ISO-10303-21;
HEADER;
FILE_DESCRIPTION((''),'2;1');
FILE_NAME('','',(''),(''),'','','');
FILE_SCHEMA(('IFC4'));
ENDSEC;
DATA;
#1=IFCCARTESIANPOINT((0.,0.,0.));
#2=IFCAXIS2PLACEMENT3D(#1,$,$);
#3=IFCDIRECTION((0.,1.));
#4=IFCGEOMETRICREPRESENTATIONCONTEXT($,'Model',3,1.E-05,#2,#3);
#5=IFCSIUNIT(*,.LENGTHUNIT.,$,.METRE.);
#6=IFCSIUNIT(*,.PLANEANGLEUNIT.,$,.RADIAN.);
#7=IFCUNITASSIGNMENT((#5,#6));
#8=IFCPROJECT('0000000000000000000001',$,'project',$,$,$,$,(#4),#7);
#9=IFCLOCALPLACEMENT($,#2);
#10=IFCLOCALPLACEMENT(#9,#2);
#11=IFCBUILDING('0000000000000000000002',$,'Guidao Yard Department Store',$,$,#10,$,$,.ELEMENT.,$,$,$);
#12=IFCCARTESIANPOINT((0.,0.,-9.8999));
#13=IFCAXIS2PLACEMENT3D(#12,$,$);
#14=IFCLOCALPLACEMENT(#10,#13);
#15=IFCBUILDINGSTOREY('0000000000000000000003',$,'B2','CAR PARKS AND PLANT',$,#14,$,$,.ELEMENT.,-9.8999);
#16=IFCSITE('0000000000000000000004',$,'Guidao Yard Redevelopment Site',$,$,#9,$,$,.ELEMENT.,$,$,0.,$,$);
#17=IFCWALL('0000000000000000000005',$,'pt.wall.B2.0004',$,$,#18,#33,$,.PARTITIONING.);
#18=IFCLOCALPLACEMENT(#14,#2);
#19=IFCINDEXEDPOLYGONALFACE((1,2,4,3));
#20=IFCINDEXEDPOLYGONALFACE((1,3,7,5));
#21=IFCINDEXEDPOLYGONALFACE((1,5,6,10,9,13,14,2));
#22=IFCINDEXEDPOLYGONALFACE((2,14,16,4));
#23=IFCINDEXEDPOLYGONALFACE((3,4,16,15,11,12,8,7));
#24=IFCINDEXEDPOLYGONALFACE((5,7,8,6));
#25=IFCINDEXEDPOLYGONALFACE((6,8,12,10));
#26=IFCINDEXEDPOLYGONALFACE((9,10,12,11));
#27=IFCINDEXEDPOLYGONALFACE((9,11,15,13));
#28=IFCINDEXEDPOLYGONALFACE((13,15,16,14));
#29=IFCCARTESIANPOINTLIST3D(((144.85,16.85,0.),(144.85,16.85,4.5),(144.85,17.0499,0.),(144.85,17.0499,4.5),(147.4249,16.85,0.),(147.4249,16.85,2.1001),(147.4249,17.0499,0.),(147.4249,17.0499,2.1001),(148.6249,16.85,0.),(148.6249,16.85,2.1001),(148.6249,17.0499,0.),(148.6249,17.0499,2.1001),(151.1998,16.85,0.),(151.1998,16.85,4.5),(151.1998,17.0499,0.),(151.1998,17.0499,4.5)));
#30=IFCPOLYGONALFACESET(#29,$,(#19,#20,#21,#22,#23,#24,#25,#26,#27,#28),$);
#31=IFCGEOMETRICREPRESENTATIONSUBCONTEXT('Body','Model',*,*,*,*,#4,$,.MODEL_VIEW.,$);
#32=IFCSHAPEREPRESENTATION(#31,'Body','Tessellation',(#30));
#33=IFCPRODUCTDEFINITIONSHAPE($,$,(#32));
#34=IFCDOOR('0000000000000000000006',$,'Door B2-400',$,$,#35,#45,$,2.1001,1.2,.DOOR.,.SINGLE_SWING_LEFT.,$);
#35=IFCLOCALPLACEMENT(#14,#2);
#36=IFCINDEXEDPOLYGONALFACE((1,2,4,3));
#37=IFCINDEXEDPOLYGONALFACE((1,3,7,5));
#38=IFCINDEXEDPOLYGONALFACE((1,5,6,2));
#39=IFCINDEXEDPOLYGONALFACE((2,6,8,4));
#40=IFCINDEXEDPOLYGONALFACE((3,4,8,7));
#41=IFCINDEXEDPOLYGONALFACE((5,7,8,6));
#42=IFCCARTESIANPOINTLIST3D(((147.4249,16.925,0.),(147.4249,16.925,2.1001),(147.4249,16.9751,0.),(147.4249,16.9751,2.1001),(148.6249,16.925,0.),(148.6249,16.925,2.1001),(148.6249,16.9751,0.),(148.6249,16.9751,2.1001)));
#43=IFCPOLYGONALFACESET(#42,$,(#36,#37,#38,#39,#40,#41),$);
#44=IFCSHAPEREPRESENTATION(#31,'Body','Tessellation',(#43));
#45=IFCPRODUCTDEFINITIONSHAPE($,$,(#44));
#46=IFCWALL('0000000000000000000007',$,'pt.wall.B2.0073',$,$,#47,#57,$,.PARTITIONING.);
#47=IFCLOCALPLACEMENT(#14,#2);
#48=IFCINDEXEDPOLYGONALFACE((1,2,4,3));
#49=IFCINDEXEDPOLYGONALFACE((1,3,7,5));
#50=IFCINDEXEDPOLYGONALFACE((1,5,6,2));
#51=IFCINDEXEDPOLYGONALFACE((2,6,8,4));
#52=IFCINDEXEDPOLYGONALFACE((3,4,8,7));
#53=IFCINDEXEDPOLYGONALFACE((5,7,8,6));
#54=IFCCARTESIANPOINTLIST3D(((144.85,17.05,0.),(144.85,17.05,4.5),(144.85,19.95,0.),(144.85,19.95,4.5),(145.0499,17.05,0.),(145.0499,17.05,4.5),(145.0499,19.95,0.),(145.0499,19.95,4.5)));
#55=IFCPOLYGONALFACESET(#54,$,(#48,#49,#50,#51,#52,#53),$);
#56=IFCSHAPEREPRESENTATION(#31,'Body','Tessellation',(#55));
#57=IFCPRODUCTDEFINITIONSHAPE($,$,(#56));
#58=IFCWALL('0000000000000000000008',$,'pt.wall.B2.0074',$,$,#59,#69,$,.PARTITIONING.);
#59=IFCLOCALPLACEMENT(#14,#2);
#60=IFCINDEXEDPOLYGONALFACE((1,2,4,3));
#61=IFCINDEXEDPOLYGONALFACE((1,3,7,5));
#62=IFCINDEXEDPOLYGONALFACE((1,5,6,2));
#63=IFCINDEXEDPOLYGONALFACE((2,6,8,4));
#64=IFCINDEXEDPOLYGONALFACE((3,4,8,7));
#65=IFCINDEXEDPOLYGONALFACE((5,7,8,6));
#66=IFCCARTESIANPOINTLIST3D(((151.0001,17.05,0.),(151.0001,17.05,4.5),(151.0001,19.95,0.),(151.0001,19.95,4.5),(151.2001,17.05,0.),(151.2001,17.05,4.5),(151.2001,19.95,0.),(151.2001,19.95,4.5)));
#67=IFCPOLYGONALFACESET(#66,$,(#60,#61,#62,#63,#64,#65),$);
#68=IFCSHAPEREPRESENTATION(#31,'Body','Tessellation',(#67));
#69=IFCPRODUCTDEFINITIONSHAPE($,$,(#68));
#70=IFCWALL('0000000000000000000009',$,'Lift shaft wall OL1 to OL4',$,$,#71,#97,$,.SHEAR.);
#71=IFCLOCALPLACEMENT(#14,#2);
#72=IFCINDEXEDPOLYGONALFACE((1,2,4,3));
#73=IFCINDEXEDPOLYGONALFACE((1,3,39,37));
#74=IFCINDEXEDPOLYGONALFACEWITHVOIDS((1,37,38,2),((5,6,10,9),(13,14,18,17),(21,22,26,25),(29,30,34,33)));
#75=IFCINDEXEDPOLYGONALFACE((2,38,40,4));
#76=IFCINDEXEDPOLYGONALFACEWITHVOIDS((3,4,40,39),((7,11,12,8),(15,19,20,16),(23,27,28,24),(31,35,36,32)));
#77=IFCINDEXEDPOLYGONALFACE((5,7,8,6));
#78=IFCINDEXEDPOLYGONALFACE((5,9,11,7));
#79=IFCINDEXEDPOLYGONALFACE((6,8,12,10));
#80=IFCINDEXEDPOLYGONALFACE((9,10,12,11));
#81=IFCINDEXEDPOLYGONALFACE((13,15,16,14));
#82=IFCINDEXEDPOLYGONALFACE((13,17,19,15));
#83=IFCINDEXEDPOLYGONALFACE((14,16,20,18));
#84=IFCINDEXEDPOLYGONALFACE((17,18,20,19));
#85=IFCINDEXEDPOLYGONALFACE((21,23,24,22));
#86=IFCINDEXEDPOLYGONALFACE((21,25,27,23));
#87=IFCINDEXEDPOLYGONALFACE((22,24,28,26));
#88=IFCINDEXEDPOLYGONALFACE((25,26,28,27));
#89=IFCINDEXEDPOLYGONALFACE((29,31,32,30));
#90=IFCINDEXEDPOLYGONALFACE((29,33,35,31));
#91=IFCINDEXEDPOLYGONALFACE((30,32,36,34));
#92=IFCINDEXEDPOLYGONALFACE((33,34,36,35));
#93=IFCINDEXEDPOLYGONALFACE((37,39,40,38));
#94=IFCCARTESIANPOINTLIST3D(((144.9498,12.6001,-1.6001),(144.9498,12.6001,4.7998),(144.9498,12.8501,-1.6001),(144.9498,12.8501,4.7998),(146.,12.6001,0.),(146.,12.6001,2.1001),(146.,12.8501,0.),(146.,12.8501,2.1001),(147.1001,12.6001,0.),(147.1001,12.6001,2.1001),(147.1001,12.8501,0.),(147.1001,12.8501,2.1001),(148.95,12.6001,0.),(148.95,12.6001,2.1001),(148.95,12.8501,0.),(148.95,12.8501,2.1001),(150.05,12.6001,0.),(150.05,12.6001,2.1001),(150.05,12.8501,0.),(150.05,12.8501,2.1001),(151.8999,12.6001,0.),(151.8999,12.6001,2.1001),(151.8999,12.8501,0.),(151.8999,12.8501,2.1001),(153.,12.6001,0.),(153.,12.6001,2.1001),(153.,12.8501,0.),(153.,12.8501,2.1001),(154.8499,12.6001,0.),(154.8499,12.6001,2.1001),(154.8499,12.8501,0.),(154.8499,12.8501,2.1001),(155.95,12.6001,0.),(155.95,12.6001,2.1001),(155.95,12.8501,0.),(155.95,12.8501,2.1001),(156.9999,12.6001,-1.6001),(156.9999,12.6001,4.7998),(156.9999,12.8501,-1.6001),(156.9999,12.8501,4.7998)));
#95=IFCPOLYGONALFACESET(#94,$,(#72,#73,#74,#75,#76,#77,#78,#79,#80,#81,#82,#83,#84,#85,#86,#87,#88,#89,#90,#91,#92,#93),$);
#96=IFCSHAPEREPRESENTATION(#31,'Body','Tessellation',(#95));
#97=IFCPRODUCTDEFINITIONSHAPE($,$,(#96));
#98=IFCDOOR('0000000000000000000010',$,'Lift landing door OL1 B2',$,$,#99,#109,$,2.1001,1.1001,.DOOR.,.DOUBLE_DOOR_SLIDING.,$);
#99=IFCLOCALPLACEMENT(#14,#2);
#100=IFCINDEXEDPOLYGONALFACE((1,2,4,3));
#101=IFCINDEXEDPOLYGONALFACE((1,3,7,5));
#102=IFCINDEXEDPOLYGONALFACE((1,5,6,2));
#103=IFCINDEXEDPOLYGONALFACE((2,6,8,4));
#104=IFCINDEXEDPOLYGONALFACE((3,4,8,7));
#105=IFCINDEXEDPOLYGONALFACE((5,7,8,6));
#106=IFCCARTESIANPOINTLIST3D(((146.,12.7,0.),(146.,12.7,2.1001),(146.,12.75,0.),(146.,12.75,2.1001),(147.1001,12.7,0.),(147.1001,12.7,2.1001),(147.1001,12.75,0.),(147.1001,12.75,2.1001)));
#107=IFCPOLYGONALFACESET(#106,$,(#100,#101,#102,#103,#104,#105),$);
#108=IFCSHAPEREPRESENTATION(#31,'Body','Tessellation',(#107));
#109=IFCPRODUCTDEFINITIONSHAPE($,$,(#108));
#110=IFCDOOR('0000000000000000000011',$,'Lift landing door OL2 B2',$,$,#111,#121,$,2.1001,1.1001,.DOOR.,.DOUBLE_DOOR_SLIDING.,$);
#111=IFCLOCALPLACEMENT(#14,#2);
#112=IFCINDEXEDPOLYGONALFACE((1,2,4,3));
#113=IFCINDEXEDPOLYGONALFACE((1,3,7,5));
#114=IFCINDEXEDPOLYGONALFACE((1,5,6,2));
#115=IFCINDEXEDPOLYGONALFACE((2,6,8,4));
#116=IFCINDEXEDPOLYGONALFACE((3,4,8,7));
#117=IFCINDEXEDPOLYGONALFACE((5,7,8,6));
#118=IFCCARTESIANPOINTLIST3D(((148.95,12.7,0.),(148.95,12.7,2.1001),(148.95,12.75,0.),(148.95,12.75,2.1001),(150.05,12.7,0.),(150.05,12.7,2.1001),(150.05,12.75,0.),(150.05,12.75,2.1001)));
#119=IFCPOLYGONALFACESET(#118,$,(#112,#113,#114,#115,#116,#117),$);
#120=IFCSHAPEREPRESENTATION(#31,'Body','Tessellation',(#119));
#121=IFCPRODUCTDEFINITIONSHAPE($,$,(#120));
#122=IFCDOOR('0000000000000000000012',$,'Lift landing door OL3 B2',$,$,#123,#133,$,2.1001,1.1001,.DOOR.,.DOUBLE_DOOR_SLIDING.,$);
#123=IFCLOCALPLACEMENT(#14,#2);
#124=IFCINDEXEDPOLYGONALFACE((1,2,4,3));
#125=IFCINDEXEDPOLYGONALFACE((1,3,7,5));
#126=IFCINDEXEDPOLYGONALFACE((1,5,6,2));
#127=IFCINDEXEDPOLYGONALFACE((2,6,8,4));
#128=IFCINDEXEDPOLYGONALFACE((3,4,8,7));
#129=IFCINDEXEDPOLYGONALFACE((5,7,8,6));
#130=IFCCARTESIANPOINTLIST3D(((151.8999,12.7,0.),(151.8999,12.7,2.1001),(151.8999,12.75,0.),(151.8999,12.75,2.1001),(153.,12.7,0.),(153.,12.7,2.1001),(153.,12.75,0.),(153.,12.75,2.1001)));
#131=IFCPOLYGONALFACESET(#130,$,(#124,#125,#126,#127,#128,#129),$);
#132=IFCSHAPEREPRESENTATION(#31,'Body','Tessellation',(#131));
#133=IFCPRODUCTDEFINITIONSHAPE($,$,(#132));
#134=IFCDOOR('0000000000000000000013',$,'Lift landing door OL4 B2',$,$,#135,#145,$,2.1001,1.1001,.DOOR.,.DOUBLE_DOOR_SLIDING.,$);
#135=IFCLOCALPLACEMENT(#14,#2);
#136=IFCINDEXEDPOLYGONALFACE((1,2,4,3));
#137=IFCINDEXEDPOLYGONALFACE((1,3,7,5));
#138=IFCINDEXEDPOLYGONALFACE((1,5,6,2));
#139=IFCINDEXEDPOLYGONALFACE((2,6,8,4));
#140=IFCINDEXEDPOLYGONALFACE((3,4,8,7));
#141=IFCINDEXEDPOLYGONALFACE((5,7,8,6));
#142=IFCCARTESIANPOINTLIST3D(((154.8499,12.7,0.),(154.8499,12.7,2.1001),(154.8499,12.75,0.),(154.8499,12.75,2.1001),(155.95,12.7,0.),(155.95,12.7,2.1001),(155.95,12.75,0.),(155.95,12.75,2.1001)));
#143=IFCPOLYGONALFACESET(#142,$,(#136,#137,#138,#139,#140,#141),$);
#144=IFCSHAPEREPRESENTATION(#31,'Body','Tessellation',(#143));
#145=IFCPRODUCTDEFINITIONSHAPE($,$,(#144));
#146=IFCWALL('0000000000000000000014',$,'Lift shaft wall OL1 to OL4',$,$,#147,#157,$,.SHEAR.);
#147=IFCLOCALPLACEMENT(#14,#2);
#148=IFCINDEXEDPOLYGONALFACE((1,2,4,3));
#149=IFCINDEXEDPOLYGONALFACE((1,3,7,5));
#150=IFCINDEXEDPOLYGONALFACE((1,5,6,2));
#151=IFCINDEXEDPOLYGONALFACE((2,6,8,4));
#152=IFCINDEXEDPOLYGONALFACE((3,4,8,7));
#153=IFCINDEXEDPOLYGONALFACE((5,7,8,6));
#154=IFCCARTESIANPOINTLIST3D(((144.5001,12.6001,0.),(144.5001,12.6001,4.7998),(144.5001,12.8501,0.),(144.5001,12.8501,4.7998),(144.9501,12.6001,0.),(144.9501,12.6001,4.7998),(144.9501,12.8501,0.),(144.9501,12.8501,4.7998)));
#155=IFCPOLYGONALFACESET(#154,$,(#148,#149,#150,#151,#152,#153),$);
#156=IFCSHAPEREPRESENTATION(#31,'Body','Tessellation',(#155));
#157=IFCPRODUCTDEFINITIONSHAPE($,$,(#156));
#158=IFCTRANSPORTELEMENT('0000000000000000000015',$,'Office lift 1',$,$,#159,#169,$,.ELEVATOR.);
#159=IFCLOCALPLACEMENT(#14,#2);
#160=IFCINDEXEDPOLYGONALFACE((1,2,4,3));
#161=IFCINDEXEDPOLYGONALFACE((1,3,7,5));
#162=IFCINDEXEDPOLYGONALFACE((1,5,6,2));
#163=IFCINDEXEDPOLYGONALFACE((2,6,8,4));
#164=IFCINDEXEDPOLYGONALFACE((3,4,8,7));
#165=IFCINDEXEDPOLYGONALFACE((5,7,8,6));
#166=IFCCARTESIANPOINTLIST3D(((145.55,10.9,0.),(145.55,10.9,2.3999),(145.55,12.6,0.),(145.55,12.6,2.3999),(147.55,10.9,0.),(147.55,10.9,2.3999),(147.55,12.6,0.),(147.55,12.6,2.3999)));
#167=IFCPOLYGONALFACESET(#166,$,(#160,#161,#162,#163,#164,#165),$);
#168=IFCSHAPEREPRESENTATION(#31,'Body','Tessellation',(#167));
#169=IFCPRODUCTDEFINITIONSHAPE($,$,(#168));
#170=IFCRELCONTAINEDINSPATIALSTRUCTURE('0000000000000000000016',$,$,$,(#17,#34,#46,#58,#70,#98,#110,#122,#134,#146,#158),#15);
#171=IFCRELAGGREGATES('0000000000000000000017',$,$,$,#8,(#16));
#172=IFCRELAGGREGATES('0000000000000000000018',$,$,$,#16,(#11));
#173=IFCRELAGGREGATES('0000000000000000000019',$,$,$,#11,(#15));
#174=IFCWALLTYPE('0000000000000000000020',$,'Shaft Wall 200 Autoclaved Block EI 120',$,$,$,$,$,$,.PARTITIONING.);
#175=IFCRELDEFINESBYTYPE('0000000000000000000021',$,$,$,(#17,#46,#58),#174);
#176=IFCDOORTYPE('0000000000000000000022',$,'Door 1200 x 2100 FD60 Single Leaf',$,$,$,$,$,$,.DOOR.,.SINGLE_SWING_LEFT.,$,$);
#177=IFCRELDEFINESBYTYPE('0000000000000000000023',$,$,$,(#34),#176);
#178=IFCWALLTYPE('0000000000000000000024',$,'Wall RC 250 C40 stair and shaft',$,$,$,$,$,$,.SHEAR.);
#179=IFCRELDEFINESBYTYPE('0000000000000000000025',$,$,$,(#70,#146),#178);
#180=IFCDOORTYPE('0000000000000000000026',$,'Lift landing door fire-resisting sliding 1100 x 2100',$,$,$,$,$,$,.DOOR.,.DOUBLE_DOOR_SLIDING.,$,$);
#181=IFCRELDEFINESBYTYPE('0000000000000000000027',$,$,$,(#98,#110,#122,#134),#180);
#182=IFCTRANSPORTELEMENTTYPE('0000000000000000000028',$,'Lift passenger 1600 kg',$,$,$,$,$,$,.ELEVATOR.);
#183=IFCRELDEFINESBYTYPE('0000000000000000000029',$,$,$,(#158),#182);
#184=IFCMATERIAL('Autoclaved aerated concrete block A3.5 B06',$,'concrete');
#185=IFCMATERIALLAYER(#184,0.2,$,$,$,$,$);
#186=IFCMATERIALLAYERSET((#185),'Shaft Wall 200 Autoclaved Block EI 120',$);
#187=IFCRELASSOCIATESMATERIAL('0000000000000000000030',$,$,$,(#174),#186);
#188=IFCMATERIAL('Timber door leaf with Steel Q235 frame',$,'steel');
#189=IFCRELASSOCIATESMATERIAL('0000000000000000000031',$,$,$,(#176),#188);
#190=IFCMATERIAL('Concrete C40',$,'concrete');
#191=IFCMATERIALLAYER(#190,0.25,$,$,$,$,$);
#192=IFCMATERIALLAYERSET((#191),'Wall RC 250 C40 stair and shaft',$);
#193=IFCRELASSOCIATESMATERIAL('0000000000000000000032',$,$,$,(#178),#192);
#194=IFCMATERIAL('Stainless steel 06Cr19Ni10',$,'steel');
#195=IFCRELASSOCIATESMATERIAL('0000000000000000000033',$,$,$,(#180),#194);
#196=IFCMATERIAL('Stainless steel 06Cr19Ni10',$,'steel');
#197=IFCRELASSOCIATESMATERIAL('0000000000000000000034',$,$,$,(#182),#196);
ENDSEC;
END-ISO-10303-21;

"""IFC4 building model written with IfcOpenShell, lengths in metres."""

from ifc_helpers import new_model, si_unit, direction, frame, frame_2d, origin, origin_2d, place, context, subcontext, project, spatial, rectangle, extrude, material, layer, layer_set, type_object, element, fill, save


model = new_model("IFC4")

# Units and contexts
model_context = context("Model", 3, precision=1e-05, world=origin(), true_north=direction((0.0, 1.0)))
body_context = subcontext(model_context, "Body", "Model", "MODEL_VIEW")
ifc_project = project(units=[si_unit("LENGTHUNIT", "METRE"), si_unit("PLANEANGLEUNIT", "RADIAN")], contexts=[model_context])

# Site, building, storey
site_placement = place(None, origin())
site = spatial("IfcSite", under=ifc_project, at=site_placement, Name="Guidao Yard Redevelopment Site", CompositionType="ELEMENT", RefElevation=0.0)
building_placement = place(site_placement, origin())
building = spatial("IfcBuilding", under=site, at=building_placement, Name="Guidao Yard Department Store", CompositionType="ELEMENT")
storey_placement = place(building_placement, frame((0.0, 0.0, -9.8999)))
storey = spatial("IfcBuildingStorey", under=building, at=storey_placement, Name="B2", Description="CAR PARKS AND PLANT", CompositionType="ELEMENT", Elevation=-9.8999)

# Wall, opening, door
ifc_material_1 = material(Name="Autoclaved aerated concrete block A3.5 B06", Category="concrete")
ifc_layer_1 = layer(ifc_material_1, 0.2)
ifc_layer_set_1 = layer_set([ifc_layer_1], Name="Shaft Wall 200 Autoclaved Block EI 120")
wall_type_1 = type_object("IfcWallType", Name="Shaft Wall 200 Autoclaved Block EI 120", PredefinedType="PARTITIONING", material=ifc_layer_set_1)
wall_1_placement = place(storey_placement, frame((144.8501, 16.95, 0.0), z_axis=(0.0, 0.0, 1.0), x_axis=(1.0, 0.0, 0.0)))
wall_1 = element("IfcWall", 1, at=wall_1_placement, inside=storey, type_object=wall_type_1, Name="pt.wall.B2.0004", PredefinedType="PARTITIONING", context=body_context, shape_type="SweptSolid", body=[
    extrude(rectangle(XDim=6.3499, YDim=0.2, at=frame_2d((3.1748, 0.0))), origin(), (0.0, 0.0, 1.0), 4.5),
])
opening_1_placement = place(wall_1_placement, frame((3.7749, 0.0, 0.0), z_axis=(0.0, 0.0, 1.0), x_axis=(-1.0, 0.0, 0.0)))
opening_1 = element("IfcOpeningElement", 2, at=opening_1_placement, cuts=wall_1, PredefinedType="OPENING", context=body_context, shape_type="SweptSolid", body=[
    extrude(rectangle(XDim=1.2, YDim=2.1001, at=frame_2d((0.6001, 1.05))), frame((0.0, 0.1099, 0.0), z_axis=(0.0, -1.0, 0.0), x_axis=(1.0, 0.0, 0.0)), (0.0, 0.0, 1.0), 0.22),
])
ifc_material_2 = material(Name="Timber door leaf with Steel Q235 frame", Category="steel")
door_type_1 = type_object("IfcDoorType", Name="Door 1200 x 2100 FD60 Single Leaf", OperationType="SINGLE_SWING_LEFT", PredefinedType="DOOR", material=ifc_material_2)
door_1_placement = place(opening_1_placement, origin())
door_1 = element("IfcDoor", 3, at=door_1_placement, inside=storey, type_object=door_type_1, Name="Door B2-400", OperationType="SINGLE_SWING_LEFT", OverallHeight=2.1001, OverallWidth=1.2, PredefinedType="DOOR", context=body_context, shape_type="SweptSolid", body=[
    extrude(rectangle(XDim=1.2, YDim=2.1001, at=frame_2d((0.6001, 1.05))), frame((0.0, 0.0249, 0.0), z_axis=(0.0, -1.0, 0.0), x_axis=(1.0, 0.0, 0.0)), (0.0, 0.0, 1.0), 0.05),
])
fill(opening_1, door_1)

# Walls
for number, where, z_axis, x_axis, name in (
    (4, (144.95, 17.05, 0.0), (0.0, 0.0, 1.0), (0.0, 1.0, 0.0), "pt.wall.B2.0073"),
    (5, (151.1001, 17.05, 0.0), (0.0, 0.0, 1.0), (0.0, 1.0, 0.0), "pt.wall.B2.0074"),
):
    element("IfcWall", number, at=place(storey_placement, frame(where, z_axis=z_axis, x_axis=x_axis)), inside=storey, type_object=wall_type_1, Name=name, PredefinedType="PARTITIONING", context=body_context, shape_type="SweptSolid", body=[
        extrude(rectangle(XDim=2.8999, YDim=0.2, at=frame_2d((1.45, 0.0))), origin(), (0.0, 0.0, 1.0), 4.5),
    ])

# Wall, openings, doors
ifc_material_3 = material(Name="Concrete C40", Category="concrete")
ifc_layer_2 = layer(ifc_material_3, 0.25)
ifc_layer_set_2 = layer_set([ifc_layer_2], Name="Wall RC 250 C40 stair and shaft")
wall_type_2 = type_object("IfcWallType", Name="Wall RC 250 C40 stair and shaft", PredefinedType="SHEAR", material=ifc_layer_set_2)
wall_2_placement = place(storey_placement, frame((144.95, 12.7251, -1.6001), z_axis=(0.0, 0.0, 1.0), x_axis=(1.0, 0.0, 0.0)))
wall_2 = element("IfcWall", 6, at=wall_2_placement, inside=storey, type_object=wall_type_2, Name="Lift shaft wall OL1 to OL4", PredefinedType="SHEAR", context=body_context, shape_type="SweptSolid", body=[
    extrude(rectangle(XDim=12.05, YDim=0.25, at=frame_2d((6.0249, 0.0))), origin(), (0.0, 0.0, 1.0), 6.3999),
])
opening_2_placement = place(wall_2_placement, frame((1.05, 0.0, 1.6001)))
opening_2 = element("IfcOpeningElement", 7, at=opening_2_placement, cuts=wall_2, PredefinedType="OPENING", context=body_context, shape_type="SweptSolid", body=[
    extrude(rectangle(XDim=1.1001, YDim=2.1001, at=frame_2d((0.55, 1.05))), frame((0.0, 0.135, 0.0), z_axis=(0.0, -1.0, 0.0), x_axis=(1.0, 0.0, 0.0)), (0.0, 0.0, 1.0), 0.27),
])
opening_3_placement = place(wall_2_placement, frame((4.0, 0.0, 1.6001)))
opening_3 = element("IfcOpeningElement", 8, at=opening_3_placement, cuts=wall_2, PredefinedType="OPENING", context=body_context, shape_type="SweptSolid", body=[
    extrude(rectangle(XDim=1.1001, YDim=2.1001, at=frame_2d((0.55, 1.05))), frame((0.0, 0.135, 0.0), z_axis=(0.0, -1.0, 0.0), x_axis=(1.0, 0.0, 0.0)), (0.0, 0.0, 1.0), 0.27),
])
opening_4_placement = place(wall_2_placement, frame((6.95, 0.0, 1.6001)))
opening_4 = element("IfcOpeningElement", 9, at=opening_4_placement, cuts=wall_2, PredefinedType="OPENING", context=body_context, shape_type="SweptSolid", body=[
    extrude(rectangle(XDim=1.1001, YDim=2.1001, at=frame_2d((0.55, 1.05))), frame((0.0, 0.135, 0.0), z_axis=(0.0, -1.0, 0.0), x_axis=(1.0, 0.0, 0.0)), (0.0, 0.0, 1.0), 0.27),
])
opening_5_placement = place(wall_2_placement, frame((9.8999, 0.0, 1.6001)))
opening_5 = element("IfcOpeningElement", 10, at=opening_5_placement, cuts=wall_2, PredefinedType="OPENING", context=body_context, shape_type="SweptSolid", body=[
    extrude(rectangle(XDim=1.1001, YDim=2.1001, at=frame_2d((0.55, 1.05))), frame((0.0, 0.135, 0.0), z_axis=(0.0, -1.0, 0.0), x_axis=(1.0, 0.0, 0.0)), (0.0, 0.0, 1.0), 0.27),
])
ifc_material_4 = material(Name="Stainless steel 06Cr19Ni10", Category="steel")
door_type_2 = type_object("IfcDoorType", Name="Lift landing door fire-resisting sliding 1100 x 2100", OperationType="DOUBLE_DOOR_SLIDING", PredefinedType="DOOR", material=ifc_material_4)
door_2_placement = place(opening_2_placement, origin())
door_2 = element("IfcDoor", 11, at=door_2_placement, inside=storey, type_object=door_type_2, Name="Lift landing door OL1 B2", OperationType="DOUBLE_DOOR_SLIDING", OverallHeight=2.1001, OverallWidth=1.1001, PredefinedType="DOOR", context=body_context, shape_type="SweptSolid", body=[
    extrude(rectangle(XDim=1.1001, YDim=2.1001, at=frame_2d((0.55, 1.05))), frame((0.0, 0.0249, 0.0), z_axis=(0.0, -1.0, 0.0), x_axis=(1.0, 0.0, 0.0)), (0.0, 0.0, 1.0), 0.05),
])
fill(opening_2, door_2)
door_3_placement = place(opening_3_placement, origin())
door_3 = element("IfcDoor", 12, at=door_3_placement, inside=storey, type_object=door_type_2, Name="Lift landing door OL2 B2", OperationType="DOUBLE_DOOR_SLIDING", OverallHeight=2.1001, OverallWidth=1.1001, PredefinedType="DOOR", context=body_context, shape_type="SweptSolid", body=[
    extrude(rectangle(XDim=1.1001, YDim=2.1001, at=frame_2d((0.55, 1.05))), frame((0.0, 0.0249, 0.0), z_axis=(0.0, -1.0, 0.0), x_axis=(1.0, 0.0, 0.0)), (0.0, 0.0, 1.0), 0.05),
])
fill(opening_3, door_3)
door_4_placement = place(opening_4_placement, origin())
door_4 = element("IfcDoor", 13, at=door_4_placement, inside=storey, type_object=door_type_2, Name="Lift landing door OL3 B2", OperationType="DOUBLE_DOOR_SLIDING", OverallHeight=2.1001, OverallWidth=1.1001, PredefinedType="DOOR", context=body_context, shape_type="SweptSolid", body=[
    extrude(rectangle(XDim=1.1001, YDim=2.1001, at=frame_2d((0.55, 1.05))), frame((0.0, 0.0249, 0.0), z_axis=(0.0, -1.0, 0.0), x_axis=(1.0, 0.0, 0.0)), (0.0, 0.0, 1.0), 0.05),
])
fill(opening_4, door_4)
door_5_placement = place(opening_5_placement, origin())
door_5 = element("IfcDoor", 14, at=door_5_placement, inside=storey, type_object=door_type_2, Name="Lift landing door OL4 B2", OperationType="DOUBLE_DOOR_SLIDING", OverallHeight=2.1001, OverallWidth=1.1001, PredefinedType="DOOR", context=body_context, shape_type="SweptSolid", body=[
    extrude(rectangle(XDim=1.1001, YDim=2.1001, at=frame_2d((0.55, 1.05))), frame((0.0, 0.0249, 0.0), z_axis=(0.0, -1.0, 0.0), x_axis=(1.0, 0.0, 0.0)), (0.0, 0.0, 1.0), 0.05),
])
fill(opening_5, door_5)

# Wall
wall_3_placement = place(storey_placement, frame((144.5, 12.7251, 0.0), z_axis=(0.0, 0.0, 1.0), x_axis=(1.0, 0.0, 0.0)))
element("IfcWall", 15, at=wall_3_placement, inside=storey, type_object=wall_type_2, Name="Lift shaft wall OL1 to OL4", PredefinedType="SHEAR", context=body_context, shape_type="SweptSolid", body=[
    extrude(rectangle(XDim=0.45, YDim=0.25, at=frame_2d((0.2251, 0.0))), origin(), (0.0, 0.0, 1.0), 4.7998),
])

# Transport element
ifc_material_5 = material(Name="Stainless steel 06Cr19Ni10", Category="steel")
transport_element_type = type_object("IfcTransportElementType", Name="Lift passenger 1600 kg", PredefinedType="ELEVATOR", material=ifc_material_5)
for number, where, z_axis, x_axis, name in (
    (16, (146.55, 11.75, 0.0), (0.0, 0.0, 1.0), (1.0, 0.0, 0.0), "Office lift 1"),
):
    element("IfcTransportElement", number, at=place(storey_placement, frame(where, z_axis=z_axis, x_axis=x_axis)), inside=storey, type_object=transport_element_type, Name=name, PredefinedType="ELEVATOR", context=body_context, shape_type="SweptSolid", body=[
        extrude(rectangle(XDim=2.0, YDim=1.7, at=origin_2d()), origin(), (0.0, 0.0, 1.0), 2.3999),
    ])

save(model, "model.ifc")
